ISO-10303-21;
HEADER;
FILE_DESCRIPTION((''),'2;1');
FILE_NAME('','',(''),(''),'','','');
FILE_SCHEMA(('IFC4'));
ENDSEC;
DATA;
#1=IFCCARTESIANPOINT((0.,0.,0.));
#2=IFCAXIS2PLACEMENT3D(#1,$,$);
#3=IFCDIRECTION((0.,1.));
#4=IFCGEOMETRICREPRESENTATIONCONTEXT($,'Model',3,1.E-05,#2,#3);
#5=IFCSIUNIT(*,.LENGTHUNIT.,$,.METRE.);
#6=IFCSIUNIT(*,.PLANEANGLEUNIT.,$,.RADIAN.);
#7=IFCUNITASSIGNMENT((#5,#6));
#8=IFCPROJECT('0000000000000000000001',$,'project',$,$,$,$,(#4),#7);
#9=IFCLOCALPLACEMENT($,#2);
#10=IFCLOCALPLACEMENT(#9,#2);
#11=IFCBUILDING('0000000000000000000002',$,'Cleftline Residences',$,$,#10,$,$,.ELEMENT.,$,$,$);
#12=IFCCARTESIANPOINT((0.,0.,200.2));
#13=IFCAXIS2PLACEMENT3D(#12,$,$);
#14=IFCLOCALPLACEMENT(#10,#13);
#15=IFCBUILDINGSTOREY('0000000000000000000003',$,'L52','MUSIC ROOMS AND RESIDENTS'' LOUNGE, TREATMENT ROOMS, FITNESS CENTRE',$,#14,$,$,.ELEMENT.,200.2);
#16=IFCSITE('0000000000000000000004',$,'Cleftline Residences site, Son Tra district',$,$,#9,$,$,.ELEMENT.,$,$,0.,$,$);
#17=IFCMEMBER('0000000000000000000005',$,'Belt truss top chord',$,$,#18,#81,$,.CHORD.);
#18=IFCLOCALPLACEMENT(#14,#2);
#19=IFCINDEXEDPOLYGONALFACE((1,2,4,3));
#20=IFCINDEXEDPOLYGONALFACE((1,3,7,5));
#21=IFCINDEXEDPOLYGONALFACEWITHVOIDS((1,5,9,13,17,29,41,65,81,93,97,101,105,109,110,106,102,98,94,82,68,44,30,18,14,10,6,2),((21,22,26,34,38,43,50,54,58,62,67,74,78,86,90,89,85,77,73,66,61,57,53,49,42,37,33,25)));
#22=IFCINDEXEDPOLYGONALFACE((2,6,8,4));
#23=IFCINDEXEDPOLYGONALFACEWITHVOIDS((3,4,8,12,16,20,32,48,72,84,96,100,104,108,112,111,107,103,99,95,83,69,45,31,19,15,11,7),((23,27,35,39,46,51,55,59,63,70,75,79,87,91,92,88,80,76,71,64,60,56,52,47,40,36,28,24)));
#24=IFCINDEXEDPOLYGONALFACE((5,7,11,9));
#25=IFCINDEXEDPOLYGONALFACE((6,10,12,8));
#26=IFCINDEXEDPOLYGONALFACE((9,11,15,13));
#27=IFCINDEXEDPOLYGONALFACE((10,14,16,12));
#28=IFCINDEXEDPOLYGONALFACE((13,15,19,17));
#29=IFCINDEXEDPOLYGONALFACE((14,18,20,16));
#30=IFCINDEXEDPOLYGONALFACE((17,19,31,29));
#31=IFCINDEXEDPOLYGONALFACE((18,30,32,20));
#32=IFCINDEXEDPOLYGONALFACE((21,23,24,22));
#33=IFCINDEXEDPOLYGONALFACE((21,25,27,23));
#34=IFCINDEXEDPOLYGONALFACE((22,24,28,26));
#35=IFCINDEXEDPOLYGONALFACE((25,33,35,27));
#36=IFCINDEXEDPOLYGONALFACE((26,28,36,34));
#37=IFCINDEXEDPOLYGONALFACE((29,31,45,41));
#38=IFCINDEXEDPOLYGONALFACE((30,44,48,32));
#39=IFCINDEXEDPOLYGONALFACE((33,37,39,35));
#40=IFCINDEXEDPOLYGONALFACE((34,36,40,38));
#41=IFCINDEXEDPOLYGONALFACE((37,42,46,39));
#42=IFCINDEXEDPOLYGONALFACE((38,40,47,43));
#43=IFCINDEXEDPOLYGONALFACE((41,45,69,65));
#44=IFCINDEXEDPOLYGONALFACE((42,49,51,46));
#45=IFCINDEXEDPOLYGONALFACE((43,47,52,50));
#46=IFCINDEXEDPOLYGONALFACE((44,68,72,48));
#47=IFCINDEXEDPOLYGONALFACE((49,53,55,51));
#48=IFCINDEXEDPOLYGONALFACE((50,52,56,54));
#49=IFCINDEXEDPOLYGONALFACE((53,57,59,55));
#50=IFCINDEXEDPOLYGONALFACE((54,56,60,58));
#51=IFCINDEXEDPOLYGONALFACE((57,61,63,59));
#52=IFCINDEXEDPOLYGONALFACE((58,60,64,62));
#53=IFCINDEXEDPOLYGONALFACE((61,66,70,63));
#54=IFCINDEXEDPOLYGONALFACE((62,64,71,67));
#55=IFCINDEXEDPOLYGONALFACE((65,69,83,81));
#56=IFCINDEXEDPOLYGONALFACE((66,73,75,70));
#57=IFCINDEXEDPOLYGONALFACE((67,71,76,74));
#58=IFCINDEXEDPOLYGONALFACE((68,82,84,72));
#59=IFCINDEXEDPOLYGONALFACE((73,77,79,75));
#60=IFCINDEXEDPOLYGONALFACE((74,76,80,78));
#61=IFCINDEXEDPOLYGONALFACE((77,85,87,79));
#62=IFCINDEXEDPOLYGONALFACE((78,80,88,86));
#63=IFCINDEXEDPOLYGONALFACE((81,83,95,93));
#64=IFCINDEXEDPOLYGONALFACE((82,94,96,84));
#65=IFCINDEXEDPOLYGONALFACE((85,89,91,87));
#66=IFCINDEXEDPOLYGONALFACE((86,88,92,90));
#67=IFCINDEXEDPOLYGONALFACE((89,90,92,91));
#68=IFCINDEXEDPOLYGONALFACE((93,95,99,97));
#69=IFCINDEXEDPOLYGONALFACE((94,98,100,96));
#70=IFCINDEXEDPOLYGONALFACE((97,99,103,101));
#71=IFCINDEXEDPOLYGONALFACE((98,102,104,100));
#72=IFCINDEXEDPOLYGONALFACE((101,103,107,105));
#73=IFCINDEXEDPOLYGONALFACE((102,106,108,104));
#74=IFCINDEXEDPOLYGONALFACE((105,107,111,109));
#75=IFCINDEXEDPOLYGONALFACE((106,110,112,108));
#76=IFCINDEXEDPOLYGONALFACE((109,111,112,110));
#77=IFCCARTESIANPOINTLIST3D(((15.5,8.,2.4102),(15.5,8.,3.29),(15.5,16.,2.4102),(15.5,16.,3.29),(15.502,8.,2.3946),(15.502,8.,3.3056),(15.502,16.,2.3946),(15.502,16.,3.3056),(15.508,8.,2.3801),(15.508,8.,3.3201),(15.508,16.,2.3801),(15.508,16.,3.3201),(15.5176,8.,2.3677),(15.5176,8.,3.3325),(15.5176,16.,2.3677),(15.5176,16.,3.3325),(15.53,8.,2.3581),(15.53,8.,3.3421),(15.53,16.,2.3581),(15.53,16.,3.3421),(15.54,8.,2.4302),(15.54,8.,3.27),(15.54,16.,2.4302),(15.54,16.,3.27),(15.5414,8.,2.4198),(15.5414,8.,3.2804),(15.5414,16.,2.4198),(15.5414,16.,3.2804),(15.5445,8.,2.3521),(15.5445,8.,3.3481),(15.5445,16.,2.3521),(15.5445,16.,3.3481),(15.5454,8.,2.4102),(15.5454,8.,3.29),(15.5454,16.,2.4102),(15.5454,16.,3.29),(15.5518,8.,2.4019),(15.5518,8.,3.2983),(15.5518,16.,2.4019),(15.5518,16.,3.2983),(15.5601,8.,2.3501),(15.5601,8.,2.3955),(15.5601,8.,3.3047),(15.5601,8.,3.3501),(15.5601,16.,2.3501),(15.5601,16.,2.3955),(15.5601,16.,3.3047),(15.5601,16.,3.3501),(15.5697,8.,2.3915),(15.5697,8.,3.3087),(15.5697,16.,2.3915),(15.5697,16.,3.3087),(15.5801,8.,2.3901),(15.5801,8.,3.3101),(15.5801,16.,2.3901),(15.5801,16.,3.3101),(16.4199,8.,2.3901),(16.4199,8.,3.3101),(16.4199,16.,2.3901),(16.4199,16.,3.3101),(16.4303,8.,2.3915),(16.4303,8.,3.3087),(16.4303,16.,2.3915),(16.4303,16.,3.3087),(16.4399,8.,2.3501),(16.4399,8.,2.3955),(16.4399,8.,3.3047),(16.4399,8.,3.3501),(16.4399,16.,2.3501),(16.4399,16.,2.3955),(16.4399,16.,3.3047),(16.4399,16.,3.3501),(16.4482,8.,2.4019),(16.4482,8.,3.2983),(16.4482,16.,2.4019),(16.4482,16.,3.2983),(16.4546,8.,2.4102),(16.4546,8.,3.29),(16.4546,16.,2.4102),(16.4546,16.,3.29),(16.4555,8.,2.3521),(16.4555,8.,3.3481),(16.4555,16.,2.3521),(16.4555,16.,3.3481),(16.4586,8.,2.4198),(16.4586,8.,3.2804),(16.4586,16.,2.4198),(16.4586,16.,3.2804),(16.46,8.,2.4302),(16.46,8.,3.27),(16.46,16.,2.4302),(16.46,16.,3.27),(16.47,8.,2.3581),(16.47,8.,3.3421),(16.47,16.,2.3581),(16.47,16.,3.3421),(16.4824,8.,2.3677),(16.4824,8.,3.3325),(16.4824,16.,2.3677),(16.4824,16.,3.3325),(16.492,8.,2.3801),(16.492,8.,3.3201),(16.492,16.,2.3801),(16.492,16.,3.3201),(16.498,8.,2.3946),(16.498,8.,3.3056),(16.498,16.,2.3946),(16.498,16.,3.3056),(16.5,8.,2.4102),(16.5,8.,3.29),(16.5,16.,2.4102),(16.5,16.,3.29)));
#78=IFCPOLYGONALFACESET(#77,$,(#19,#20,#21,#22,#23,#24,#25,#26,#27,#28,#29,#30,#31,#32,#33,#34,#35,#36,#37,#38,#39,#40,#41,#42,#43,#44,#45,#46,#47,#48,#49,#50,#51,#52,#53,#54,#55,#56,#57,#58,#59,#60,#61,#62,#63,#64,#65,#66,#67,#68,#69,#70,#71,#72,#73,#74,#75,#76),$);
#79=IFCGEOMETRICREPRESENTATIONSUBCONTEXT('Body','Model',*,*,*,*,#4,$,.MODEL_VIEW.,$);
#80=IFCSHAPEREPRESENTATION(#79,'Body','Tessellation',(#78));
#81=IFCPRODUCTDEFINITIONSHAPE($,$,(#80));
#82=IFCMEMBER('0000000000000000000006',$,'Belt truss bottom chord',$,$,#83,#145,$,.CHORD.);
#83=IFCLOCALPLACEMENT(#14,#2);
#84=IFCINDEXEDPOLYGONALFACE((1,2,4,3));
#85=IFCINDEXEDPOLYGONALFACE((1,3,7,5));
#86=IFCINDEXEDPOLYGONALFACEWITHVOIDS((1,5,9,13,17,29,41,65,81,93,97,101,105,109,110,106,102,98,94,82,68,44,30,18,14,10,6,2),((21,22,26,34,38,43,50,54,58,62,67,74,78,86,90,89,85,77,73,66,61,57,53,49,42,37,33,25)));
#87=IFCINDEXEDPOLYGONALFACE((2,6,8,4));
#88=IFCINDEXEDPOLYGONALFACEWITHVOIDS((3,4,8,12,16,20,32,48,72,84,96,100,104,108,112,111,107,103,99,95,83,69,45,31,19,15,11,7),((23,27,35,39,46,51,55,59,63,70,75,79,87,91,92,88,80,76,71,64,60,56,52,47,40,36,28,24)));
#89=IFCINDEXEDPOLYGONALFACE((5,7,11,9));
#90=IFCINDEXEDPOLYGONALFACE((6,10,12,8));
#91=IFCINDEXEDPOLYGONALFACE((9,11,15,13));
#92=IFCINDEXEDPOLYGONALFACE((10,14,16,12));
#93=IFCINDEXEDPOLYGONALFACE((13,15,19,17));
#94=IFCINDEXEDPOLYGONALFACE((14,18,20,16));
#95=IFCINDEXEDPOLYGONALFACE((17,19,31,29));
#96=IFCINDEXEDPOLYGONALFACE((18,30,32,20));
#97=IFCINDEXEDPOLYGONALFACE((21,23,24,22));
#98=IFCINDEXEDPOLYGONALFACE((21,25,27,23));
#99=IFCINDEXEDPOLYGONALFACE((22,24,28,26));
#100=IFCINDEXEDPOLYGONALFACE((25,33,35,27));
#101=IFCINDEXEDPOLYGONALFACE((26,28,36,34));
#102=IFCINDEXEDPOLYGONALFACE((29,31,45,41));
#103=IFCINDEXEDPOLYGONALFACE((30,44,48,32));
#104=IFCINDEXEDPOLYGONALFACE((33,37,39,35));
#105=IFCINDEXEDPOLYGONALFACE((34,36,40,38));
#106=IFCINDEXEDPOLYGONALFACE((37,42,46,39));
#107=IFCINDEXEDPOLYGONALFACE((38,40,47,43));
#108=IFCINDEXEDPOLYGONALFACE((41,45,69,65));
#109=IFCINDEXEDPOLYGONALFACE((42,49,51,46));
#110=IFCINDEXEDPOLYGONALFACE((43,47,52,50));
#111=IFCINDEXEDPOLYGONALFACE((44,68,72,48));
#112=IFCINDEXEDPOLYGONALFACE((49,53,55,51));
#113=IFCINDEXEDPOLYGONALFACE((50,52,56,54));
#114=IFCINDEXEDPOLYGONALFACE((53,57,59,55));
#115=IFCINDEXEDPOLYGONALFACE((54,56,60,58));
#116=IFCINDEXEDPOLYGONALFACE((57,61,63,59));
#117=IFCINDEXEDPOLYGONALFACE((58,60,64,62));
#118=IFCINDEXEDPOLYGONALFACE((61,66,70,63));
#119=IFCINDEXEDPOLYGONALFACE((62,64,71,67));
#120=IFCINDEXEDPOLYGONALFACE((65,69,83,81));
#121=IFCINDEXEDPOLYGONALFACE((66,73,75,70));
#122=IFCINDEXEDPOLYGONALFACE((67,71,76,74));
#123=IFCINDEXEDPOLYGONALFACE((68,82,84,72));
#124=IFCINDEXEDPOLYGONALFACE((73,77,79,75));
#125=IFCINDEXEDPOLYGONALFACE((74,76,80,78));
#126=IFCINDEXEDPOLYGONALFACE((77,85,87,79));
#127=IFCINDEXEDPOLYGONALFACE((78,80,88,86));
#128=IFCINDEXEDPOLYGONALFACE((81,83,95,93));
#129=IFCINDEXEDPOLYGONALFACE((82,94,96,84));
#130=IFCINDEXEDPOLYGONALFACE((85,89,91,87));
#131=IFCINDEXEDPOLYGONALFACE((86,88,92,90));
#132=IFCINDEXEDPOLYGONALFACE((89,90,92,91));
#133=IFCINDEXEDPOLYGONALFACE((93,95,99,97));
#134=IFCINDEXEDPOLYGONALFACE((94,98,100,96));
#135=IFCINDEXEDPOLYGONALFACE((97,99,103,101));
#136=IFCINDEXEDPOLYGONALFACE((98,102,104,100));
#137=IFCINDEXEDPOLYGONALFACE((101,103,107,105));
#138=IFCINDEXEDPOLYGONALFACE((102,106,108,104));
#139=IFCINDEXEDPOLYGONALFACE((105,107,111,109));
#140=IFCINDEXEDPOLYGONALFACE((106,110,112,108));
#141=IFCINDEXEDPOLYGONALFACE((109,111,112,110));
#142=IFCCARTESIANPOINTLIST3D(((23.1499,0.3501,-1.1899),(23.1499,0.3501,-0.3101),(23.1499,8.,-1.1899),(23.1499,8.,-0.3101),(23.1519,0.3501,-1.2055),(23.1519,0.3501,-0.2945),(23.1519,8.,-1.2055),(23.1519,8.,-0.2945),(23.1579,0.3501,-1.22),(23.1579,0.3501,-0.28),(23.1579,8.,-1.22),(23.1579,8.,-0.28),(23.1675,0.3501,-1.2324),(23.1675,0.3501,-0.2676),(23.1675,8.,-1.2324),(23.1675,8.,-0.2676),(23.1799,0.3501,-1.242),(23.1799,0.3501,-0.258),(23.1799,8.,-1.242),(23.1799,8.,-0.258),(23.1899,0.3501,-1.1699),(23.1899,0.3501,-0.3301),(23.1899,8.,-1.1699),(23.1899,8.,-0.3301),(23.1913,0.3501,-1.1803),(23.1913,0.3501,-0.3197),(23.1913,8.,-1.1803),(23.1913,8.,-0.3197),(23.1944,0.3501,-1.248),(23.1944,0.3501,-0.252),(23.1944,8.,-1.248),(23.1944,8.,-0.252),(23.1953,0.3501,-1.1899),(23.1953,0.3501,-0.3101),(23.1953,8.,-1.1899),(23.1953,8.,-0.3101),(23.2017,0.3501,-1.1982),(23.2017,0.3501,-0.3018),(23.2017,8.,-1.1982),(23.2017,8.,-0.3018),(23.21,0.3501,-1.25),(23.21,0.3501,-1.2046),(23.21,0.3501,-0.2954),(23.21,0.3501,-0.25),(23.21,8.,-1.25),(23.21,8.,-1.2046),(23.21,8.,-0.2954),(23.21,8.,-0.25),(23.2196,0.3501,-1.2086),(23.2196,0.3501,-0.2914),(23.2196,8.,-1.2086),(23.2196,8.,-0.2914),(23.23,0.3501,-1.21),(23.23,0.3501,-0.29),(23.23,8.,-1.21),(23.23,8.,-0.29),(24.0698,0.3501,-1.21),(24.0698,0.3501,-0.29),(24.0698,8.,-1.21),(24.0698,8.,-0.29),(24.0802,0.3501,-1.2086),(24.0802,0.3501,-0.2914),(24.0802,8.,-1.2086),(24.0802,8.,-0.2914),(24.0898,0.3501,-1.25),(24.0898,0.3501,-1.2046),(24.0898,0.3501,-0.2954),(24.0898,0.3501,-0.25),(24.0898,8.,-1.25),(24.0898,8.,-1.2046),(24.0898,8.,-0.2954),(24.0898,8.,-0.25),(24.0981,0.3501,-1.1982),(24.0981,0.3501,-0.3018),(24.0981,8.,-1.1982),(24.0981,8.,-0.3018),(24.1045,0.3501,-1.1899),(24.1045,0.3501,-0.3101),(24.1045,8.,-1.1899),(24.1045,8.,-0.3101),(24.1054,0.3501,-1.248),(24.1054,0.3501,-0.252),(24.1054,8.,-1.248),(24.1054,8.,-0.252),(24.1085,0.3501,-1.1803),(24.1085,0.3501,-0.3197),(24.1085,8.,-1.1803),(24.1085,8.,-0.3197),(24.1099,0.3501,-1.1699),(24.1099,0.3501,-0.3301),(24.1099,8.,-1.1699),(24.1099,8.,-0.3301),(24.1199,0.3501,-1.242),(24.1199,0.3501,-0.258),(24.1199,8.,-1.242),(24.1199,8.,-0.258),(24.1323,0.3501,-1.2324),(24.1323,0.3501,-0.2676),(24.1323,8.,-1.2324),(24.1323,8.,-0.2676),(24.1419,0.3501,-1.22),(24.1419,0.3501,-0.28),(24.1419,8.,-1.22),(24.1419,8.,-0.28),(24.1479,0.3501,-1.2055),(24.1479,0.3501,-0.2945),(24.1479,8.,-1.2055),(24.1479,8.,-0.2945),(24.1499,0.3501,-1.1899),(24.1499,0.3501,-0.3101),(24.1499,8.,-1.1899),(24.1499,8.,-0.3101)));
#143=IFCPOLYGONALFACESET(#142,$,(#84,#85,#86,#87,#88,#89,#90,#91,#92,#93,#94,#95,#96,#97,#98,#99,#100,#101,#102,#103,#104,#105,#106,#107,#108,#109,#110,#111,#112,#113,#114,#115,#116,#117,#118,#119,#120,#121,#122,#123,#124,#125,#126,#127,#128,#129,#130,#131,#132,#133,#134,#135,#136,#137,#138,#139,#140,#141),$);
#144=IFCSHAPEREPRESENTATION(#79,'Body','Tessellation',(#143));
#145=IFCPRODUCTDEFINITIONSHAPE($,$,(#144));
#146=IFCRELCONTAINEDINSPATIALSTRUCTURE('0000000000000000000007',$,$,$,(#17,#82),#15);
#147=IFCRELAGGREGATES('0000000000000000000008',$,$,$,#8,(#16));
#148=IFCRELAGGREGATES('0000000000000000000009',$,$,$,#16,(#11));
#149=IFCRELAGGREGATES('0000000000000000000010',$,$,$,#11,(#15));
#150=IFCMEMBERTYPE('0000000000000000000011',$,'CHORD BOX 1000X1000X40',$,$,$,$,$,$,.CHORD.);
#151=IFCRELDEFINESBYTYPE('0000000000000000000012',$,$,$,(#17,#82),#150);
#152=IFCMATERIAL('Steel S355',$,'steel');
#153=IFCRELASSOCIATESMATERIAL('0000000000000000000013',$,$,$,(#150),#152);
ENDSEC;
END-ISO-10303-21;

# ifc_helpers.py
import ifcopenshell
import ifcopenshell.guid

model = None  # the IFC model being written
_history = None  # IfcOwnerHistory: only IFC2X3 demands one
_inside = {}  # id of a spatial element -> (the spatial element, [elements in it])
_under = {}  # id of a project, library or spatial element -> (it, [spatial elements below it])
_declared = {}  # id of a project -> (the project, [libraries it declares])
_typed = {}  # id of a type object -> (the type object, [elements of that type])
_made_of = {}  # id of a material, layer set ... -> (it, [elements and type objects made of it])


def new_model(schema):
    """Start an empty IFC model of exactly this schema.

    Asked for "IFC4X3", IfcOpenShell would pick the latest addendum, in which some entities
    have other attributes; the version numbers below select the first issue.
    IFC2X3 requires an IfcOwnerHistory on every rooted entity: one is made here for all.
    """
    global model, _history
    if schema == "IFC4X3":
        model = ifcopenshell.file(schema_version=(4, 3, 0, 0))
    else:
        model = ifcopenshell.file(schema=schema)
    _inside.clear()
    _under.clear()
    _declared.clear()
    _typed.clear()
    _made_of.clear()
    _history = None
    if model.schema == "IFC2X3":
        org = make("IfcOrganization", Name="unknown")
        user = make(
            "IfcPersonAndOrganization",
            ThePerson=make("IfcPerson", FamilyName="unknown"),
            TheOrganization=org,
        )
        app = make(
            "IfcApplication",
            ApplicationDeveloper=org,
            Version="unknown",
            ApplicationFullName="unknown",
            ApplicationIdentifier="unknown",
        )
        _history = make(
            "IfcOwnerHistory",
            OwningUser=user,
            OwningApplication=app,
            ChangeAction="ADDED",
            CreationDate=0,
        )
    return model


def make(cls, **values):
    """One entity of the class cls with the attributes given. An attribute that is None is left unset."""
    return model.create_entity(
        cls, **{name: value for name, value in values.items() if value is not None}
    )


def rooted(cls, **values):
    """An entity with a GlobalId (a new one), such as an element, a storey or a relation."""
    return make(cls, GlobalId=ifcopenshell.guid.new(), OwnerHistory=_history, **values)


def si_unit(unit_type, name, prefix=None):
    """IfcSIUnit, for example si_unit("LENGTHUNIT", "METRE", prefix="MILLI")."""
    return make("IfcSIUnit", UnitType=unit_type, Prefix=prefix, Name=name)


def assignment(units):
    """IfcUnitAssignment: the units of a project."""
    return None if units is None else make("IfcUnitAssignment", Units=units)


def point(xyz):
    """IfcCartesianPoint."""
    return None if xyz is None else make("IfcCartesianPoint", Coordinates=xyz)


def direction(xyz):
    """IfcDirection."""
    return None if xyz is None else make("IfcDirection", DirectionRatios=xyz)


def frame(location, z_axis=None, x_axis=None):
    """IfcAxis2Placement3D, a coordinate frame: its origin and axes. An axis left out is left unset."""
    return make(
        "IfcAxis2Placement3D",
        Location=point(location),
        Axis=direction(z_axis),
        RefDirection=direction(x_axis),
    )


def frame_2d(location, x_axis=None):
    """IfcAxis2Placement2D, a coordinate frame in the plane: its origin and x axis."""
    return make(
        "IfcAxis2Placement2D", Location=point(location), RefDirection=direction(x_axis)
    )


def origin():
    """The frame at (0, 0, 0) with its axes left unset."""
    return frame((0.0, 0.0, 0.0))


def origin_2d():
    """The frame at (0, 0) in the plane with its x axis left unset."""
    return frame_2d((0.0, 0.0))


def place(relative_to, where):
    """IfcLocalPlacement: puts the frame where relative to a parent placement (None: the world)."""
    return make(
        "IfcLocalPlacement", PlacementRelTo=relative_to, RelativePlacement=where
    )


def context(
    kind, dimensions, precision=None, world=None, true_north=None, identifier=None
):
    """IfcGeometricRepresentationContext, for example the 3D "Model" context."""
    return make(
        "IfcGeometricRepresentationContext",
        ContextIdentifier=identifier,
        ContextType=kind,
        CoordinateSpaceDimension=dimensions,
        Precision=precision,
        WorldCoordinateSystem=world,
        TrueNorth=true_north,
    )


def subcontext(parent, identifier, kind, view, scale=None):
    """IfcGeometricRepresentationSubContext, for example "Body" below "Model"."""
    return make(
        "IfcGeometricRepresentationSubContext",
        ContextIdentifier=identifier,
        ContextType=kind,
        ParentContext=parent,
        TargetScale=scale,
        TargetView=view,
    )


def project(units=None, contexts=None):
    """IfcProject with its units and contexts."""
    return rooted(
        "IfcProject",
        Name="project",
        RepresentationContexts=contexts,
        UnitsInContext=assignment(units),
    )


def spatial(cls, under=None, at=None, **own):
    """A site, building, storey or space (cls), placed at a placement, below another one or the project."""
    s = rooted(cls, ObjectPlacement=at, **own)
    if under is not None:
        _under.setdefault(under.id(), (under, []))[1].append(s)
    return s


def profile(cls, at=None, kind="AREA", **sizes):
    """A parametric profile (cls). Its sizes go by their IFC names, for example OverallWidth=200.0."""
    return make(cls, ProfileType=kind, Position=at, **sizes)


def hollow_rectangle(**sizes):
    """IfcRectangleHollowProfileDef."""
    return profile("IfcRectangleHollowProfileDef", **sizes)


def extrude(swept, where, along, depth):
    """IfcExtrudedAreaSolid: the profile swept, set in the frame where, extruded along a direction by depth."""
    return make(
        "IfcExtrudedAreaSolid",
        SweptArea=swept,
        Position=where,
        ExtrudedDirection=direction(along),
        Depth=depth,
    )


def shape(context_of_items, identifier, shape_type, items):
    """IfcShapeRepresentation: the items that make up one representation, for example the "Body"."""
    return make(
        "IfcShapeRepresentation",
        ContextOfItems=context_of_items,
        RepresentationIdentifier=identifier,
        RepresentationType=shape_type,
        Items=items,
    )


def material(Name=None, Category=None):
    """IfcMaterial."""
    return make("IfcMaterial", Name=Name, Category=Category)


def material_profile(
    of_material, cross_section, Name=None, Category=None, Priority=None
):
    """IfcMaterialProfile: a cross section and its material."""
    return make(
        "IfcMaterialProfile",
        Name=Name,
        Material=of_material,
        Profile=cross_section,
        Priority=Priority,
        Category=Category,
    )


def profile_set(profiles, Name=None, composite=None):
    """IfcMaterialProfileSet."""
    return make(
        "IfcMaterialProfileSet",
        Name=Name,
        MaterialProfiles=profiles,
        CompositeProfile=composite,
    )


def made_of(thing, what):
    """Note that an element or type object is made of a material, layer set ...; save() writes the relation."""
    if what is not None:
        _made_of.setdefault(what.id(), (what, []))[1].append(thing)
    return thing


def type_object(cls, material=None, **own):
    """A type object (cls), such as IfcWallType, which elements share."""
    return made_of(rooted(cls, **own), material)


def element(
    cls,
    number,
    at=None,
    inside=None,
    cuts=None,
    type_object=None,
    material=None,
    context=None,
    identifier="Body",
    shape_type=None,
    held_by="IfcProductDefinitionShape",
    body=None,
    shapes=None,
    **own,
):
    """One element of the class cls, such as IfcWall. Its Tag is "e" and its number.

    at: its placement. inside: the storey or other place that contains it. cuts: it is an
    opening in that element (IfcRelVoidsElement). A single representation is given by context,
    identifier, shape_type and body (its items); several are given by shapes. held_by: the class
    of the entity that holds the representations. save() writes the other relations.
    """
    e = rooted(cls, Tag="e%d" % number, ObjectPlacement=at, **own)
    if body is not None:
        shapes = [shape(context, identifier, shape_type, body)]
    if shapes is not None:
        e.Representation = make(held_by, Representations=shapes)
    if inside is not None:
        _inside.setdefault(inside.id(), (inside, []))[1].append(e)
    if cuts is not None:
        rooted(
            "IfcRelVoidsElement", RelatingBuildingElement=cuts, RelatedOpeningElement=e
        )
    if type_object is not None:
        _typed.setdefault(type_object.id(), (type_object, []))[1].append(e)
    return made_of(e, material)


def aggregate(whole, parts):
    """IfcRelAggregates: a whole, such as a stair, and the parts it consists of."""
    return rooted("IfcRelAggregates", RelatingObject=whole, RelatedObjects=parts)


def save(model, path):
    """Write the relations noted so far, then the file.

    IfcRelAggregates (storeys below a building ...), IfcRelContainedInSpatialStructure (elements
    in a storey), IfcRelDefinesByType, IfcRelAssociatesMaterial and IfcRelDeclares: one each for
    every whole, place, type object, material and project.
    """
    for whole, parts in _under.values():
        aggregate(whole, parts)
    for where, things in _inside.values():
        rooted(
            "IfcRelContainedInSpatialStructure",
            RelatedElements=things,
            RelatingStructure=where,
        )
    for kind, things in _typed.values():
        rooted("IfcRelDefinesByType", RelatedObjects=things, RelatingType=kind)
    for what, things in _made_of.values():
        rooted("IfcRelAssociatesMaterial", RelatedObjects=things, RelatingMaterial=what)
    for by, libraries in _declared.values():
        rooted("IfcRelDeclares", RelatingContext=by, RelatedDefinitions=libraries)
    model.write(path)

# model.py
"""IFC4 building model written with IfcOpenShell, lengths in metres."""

from ifc_helpers import new_model, si_unit, direction, frame, origin, origin_2d, place, context, subcontext, project, spatial, hollow_rectangle, extrude, material, material_profile, profile_set, type_object, element, save


model = new_model("IFC4")

# Units and contexts
model_context = context("Model", 3, precision=1e-05, world=origin(), true_north=direction((0.0, 1.0)))
body_context = subcontext(model_context, "Body", "Model", "MODEL_VIEW")
ifc_project = project(units=[si_unit("LENGTHUNIT", "METRE"), si_unit("PLANEANGLEUNIT", "RADIAN")], contexts=[model_context])

# Site, building, storey
site_placement = place(None, origin())
site = spatial("IfcSite", under=ifc_project, at=site_placement, Name="Cleftline Residences site, Son Tra district", CompositionType="ELEMENT", RefElevation=0.0)
building_placement = place(site_placement, origin())
building = spatial("IfcBuilding", under=site, at=building_placement, Name="Cleftline Residences", CompositionType="ELEMENT")
storey_placement = place(building_placement, frame((0.0, 0.0, 200.2)))
storey = spatial("IfcBuildingStorey", under=building, at=storey_placement, Name="L52", Description="MUSIC ROOMS AND RESIDENTS' LOUNGE, TREATMENT ROOMS, FITNESS CENTRE", CompositionType="ELEMENT", Elevation=200.2)

# Members
ifc_material_1 = material(Name="Steel S355", Category="steel")
ifc_material_profile_1 = material_profile(ifc_material_1, hollow_rectangle(XDim=1.0, YDim=1.0, WallThickness=0.04, InnerFilletRadius=0.04, OuterFilletRadius=0.0601, at=origin_2d()))
ifc_profile_set_1 = profile_set([ifc_material_profile_1], Name="Steel S355")
member_type_1 = type_object("IfcMemberType", Name="CHORD BOX 1000X1000X40", PredefinedType="CHORD", material=ifc_profile_set_1)
for number, where, z_axis, x_axis, name in (
    (1, (16.0, 8.0, 2.8501), (0.0, 1.0, 0.0), (-1.0, 0.0, 0.0), "Belt truss top chord"),
):
    element("IfcMember", number, at=place(storey_placement, frame(where, z_axis=z_axis, x_axis=x_axis)), inside=storey, type_object=member_type_1, Name=name, PredefinedType="CHORD", context=body_context, shape_type="SweptSolid", body=[
        extrude(hollow_rectangle(XDim=1.0, YDim=1.0, WallThickness=0.04, InnerFilletRadius=0.04, OuterFilletRadius=0.0601, at=origin_2d()), origin(), (0.0, 0.0, 1.0), 8.0),
    ])
for number, where, z_axis, x_axis, name in (
    (2, (23.6499, 0.3501, -0.75), (0.0, 1.0, 0.0), (-1.0, 0.0, 0.0), "Belt truss bottom chord"),
):
    element("IfcMember", number, at=place(storey_placement, frame(where, z_axis=z_axis, x_axis=x_axis)), inside=storey, type_object=member_type_1, Name=name, PredefinedType="CHORD", context=body_context, shape_type="SweptSolid", body=[
        extrude(hollow_rectangle(XDim=1.0, YDim=1.0, WallThickness=0.04, InnerFilletRadius=0.04, OuterFilletRadius=0.0601, at=origin_2d()), origin(), (0.0, 0.0, 1.0), 7.6499),
    ])

save(model, "model.ifc")
